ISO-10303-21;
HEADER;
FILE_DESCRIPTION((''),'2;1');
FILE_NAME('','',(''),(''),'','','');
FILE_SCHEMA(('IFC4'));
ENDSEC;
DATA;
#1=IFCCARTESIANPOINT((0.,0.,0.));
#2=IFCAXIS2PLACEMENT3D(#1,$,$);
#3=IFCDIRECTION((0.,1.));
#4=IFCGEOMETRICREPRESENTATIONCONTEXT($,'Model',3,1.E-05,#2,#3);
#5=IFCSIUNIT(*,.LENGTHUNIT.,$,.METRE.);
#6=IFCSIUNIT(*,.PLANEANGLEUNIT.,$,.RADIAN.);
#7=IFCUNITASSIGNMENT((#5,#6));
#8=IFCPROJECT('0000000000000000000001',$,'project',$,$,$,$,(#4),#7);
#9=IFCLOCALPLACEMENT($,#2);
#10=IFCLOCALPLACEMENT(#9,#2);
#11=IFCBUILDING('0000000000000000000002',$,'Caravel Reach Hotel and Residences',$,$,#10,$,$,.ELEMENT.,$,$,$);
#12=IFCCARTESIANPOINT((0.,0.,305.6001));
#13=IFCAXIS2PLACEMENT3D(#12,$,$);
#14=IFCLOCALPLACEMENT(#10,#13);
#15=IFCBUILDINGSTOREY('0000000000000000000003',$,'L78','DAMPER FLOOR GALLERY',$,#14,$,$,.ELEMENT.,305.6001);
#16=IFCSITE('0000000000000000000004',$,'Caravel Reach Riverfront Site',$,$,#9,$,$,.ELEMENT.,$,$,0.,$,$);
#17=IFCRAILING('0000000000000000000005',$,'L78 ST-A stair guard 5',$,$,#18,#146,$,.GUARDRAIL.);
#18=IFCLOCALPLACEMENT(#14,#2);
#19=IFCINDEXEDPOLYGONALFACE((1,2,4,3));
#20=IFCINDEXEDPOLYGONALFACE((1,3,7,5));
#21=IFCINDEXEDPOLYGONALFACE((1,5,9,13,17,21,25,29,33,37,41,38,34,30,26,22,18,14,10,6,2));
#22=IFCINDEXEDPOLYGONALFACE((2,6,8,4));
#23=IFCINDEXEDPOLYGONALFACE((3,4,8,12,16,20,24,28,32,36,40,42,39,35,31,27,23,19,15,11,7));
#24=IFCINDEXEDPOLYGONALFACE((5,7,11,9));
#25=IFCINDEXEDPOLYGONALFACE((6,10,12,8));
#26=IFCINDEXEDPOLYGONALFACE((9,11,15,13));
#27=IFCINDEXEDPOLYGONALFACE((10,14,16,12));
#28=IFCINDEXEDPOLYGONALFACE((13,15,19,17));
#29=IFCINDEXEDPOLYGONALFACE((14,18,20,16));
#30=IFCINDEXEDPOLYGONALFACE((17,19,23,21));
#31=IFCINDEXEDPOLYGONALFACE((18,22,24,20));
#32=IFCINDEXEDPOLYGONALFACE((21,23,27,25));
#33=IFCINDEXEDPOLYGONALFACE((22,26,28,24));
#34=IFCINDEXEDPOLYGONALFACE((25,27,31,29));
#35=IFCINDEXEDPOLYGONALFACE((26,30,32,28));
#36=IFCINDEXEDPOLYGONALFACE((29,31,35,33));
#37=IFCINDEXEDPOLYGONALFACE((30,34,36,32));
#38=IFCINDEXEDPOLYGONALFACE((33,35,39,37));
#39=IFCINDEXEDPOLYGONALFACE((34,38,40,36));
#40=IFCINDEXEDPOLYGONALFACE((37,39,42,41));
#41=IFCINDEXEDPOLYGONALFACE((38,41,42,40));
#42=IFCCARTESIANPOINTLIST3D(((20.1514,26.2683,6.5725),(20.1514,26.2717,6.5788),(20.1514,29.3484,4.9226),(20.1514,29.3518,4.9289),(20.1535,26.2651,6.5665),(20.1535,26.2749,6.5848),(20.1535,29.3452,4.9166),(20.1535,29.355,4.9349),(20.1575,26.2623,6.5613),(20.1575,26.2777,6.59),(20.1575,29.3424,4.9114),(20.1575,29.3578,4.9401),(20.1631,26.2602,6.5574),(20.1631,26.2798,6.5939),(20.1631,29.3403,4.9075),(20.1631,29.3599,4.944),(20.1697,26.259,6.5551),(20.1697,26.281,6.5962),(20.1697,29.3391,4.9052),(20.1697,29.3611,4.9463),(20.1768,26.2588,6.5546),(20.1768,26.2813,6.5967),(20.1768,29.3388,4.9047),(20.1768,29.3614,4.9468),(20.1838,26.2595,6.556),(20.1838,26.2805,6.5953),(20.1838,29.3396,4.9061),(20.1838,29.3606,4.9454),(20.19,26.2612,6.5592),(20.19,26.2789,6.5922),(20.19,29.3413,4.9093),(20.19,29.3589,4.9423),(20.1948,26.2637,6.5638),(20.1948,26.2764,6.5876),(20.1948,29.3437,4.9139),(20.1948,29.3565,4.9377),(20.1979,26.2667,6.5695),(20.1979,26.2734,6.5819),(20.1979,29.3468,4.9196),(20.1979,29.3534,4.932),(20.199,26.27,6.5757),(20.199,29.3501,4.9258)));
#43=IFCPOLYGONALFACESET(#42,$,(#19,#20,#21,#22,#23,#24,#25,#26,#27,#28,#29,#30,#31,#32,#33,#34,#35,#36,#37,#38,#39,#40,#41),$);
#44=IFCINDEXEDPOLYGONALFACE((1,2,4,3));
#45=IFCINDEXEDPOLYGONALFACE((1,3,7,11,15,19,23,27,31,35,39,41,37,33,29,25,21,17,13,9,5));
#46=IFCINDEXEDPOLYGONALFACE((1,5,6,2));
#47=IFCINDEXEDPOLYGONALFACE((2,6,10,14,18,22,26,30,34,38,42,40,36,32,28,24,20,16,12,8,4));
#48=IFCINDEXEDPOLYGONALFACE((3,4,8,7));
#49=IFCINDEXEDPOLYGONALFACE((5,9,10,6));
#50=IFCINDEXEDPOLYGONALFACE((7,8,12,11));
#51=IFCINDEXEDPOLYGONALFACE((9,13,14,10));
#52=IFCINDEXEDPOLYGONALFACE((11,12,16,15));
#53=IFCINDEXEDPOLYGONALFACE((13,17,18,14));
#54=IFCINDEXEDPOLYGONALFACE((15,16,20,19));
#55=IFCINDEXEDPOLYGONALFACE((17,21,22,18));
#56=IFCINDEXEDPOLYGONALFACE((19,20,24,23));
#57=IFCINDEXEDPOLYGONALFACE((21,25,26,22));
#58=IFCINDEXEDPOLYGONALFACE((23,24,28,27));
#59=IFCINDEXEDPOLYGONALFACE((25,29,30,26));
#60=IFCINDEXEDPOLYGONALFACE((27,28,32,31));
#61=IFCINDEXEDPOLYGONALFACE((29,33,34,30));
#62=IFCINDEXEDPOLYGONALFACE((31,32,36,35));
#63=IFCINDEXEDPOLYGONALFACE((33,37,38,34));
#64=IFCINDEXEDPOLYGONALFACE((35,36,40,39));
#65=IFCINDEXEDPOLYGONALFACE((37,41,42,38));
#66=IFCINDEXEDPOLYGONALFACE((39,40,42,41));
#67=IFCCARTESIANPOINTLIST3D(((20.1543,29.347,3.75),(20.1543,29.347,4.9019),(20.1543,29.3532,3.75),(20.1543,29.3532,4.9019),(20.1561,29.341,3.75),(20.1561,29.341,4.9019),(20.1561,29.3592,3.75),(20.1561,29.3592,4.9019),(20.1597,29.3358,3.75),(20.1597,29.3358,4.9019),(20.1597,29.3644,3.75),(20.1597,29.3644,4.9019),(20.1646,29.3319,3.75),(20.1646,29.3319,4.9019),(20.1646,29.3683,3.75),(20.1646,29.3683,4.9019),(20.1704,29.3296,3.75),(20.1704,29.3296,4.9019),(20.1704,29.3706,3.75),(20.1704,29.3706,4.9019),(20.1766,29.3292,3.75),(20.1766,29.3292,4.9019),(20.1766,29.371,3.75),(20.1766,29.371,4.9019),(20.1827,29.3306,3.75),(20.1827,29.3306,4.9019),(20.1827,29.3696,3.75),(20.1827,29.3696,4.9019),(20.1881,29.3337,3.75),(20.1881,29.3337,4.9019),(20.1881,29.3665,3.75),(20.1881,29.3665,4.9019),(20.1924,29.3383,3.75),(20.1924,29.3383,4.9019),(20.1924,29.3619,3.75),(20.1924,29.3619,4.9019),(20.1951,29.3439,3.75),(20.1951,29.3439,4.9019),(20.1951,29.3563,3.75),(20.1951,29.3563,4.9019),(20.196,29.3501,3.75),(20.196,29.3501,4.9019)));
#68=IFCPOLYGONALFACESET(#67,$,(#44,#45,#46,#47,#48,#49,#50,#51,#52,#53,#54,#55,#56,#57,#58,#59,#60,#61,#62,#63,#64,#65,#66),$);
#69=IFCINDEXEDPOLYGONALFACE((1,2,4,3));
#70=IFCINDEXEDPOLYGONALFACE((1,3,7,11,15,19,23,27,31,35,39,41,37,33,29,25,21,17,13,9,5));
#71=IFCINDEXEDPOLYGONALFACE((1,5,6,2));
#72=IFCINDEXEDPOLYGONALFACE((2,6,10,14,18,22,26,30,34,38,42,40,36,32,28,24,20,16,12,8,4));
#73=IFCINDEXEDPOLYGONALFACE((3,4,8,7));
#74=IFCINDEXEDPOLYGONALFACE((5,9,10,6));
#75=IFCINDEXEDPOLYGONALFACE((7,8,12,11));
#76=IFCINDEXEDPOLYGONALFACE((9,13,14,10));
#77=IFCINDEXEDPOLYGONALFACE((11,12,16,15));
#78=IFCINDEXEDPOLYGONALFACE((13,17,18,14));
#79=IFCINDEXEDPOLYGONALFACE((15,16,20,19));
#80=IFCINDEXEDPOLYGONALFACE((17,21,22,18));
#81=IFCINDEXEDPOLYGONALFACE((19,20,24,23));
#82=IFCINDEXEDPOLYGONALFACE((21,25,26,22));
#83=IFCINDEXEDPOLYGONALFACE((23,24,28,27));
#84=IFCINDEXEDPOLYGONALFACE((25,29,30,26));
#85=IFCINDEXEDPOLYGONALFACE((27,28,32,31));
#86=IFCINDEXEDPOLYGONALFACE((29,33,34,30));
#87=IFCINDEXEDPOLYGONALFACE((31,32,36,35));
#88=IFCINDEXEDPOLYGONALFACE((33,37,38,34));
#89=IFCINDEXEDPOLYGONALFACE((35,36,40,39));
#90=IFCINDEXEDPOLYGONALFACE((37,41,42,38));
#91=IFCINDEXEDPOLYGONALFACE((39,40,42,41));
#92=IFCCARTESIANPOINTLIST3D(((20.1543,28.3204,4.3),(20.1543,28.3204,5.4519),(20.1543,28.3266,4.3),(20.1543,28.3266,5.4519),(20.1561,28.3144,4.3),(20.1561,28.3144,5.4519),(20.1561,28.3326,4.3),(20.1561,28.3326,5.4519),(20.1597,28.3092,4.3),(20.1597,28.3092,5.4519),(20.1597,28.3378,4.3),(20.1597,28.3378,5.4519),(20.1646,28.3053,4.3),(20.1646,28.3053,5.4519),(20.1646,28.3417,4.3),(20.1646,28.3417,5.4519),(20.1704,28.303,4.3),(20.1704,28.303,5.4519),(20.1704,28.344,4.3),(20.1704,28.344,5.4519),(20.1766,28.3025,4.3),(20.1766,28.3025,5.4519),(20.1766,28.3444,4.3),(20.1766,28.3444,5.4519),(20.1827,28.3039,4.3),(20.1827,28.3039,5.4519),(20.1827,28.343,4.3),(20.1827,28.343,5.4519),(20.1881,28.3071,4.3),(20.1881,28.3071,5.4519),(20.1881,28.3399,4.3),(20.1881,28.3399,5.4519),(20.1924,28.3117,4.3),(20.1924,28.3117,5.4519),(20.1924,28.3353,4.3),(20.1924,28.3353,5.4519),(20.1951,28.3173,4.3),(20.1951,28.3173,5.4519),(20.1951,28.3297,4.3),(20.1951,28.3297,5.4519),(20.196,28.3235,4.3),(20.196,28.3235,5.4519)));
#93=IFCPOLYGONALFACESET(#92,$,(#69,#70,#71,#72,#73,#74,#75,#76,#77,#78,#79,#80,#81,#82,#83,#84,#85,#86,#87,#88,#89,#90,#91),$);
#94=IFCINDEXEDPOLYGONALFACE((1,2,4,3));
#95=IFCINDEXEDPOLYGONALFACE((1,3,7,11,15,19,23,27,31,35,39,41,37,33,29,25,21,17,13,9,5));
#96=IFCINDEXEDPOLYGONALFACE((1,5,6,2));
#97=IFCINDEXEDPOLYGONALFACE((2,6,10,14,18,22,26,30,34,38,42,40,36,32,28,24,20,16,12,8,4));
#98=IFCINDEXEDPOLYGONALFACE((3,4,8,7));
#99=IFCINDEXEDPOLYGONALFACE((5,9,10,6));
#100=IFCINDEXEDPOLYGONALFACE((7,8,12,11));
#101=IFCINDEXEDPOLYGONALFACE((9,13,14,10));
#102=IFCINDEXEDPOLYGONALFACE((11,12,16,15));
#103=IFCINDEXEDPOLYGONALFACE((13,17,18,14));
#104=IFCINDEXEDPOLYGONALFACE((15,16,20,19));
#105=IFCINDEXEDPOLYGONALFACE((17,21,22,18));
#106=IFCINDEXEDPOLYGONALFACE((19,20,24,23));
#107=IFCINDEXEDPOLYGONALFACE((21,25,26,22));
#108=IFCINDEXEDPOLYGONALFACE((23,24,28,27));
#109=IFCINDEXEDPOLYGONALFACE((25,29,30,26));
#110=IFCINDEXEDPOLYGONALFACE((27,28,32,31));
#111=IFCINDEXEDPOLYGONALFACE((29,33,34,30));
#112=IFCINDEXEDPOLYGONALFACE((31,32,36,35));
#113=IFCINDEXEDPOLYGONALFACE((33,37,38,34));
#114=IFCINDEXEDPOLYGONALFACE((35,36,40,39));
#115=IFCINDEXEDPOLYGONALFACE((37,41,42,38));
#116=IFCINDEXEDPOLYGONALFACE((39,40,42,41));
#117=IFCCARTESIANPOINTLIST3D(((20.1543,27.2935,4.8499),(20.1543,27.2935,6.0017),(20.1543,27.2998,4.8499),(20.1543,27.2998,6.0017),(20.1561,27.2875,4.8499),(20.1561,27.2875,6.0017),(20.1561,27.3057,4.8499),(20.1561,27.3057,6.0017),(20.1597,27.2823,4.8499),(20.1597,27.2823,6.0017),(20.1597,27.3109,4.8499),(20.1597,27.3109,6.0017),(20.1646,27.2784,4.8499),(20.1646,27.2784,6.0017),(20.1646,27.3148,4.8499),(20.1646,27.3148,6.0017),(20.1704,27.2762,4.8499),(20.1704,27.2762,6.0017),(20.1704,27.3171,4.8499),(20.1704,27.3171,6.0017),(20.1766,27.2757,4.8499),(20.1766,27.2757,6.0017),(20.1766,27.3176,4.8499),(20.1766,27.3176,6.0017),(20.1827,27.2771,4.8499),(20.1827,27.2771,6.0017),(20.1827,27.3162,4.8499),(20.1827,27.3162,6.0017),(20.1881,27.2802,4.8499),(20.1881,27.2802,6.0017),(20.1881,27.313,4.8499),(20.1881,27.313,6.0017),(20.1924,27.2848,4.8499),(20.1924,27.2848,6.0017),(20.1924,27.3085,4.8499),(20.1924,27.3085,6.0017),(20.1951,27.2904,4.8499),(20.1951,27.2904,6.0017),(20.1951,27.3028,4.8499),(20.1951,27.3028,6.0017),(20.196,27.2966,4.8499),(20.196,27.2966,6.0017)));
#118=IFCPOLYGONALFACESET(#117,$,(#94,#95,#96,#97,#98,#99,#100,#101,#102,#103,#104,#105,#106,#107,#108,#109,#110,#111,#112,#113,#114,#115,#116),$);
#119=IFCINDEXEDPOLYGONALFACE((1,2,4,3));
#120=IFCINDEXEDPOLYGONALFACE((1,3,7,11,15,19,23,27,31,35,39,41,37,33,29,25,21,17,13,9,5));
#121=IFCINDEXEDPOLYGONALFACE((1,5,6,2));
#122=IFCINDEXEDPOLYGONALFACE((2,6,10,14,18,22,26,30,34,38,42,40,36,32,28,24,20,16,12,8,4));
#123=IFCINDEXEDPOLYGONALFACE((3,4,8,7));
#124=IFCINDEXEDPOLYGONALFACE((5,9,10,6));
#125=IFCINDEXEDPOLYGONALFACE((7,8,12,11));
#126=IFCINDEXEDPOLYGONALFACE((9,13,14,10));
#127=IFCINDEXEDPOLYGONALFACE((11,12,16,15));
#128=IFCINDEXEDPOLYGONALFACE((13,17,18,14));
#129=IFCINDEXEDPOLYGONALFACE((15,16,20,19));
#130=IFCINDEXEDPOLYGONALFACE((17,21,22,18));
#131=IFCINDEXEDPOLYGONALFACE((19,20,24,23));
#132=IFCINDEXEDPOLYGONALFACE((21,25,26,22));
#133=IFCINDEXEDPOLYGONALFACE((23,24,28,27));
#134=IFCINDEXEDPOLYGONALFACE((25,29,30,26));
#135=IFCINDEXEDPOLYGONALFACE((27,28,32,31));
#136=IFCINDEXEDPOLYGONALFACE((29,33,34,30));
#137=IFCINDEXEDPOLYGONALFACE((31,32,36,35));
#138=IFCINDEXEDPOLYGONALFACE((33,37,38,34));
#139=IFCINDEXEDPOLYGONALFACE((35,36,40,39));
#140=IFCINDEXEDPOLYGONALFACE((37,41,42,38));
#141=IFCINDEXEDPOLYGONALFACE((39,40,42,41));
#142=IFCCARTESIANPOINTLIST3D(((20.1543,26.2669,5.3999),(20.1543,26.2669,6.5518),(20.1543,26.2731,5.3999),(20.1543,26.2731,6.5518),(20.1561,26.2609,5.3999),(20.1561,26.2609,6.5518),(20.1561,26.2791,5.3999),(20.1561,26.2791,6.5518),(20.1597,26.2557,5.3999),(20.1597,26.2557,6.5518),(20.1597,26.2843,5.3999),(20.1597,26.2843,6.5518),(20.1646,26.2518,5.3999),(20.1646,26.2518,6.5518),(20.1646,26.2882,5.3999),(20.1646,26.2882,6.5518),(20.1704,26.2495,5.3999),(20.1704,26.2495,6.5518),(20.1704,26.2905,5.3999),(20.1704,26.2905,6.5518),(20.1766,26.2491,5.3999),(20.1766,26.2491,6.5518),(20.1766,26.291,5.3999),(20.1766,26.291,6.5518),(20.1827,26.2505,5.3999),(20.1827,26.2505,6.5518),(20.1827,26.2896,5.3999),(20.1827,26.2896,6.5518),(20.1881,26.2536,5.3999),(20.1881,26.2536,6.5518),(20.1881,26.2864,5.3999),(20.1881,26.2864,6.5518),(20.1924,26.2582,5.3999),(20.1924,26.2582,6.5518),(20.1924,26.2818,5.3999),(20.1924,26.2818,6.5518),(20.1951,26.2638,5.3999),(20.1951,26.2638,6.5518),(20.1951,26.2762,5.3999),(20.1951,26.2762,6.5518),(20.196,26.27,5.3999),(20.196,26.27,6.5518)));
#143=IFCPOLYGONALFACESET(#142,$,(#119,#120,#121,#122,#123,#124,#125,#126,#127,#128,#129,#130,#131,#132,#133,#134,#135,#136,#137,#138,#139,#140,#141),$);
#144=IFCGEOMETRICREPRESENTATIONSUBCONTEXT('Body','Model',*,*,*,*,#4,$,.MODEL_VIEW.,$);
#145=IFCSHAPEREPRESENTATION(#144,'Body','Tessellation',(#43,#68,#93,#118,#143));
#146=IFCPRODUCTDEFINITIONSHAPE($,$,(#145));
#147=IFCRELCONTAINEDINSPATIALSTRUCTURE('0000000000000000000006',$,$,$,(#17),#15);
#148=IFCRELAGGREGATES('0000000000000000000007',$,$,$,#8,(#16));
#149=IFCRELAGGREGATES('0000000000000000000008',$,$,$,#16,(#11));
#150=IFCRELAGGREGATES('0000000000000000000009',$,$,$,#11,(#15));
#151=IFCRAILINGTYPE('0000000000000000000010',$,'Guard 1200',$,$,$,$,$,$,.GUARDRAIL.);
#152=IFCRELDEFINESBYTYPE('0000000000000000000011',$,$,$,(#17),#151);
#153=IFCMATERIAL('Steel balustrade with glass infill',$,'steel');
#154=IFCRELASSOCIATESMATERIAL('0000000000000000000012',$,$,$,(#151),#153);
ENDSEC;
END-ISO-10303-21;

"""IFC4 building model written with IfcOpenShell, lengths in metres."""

from ifc_helpers import new_model, si_unit, direction, frame, origin, origin_2d, place, context, subcontext, project, spatial, circle, extrude, material, type_object, element, save


model = new_model("IFC4")

# Units and contexts
model_context = context("Model", 3, precision=1e-05, world=origin(), true_north=direction((0.0, 1.0)))
body_context = subcontext(model_context, "Body", "Model", "MODEL_VIEW")
ifc_project = project(units=[si_unit("LENGTHUNIT", "METRE"), si_unit("PLANEANGLEUNIT", "RADIAN")], contexts=[model_context])

# Site, building, storey
site_placement = place(None, origin())
site = spatial("IfcSite", under=ifc_project, at=site_placement, Name="Caravel Reach Riverfront Site", CompositionType="ELEMENT", RefElevation=0.0)
building_placement = place(site_placement, origin())
building = spatial("IfcBuilding", under=site, at=building_placement, Name="Caravel Reach Hotel and Residences", CompositionType="ELEMENT")
storey_placement = place(building_placement, frame((0.0, 0.0, 305.6001)))
storey = spatial("IfcBuildingStorey", under=building, at=storey_placement, Name="L78", Description="DAMPER FLOOR GALLERY", CompositionType="ELEMENT", Elevation=305.6001)

# Railing
ifc_material_1 = material(Name="Steel balustrade with glass infill", Category="steel")
railing_type_1 = type_object("IfcRailingType", Name="Guard 1200", PredefinedType="GUARDRAIL", material=ifc_material_1)
railing_1_placement = place(storey_placement, frame((20.175, 29.3501, 3.75)))
element("IfcRailing", 1, at=railing_1_placement, inside=storey, type_object=railing_type_1, Name="L78 ST-A stair guard 5", PredefinedType="GUARDRAIL", context=body_context, shape_type="SweptSolid", body=[
    extrude(circle(Radius=0.0239, at=origin_2d()), frame((0.0, 0.0, 1.1758), z_axis=(0.0, -0.881497, 0.47219), x_axis=(1.0, 0.0, 0.0)), (0.0, 0.0, 1.0), 3.4941),
    extrude(circle(Radius=0.021, at=origin_2d()), origin(), (0.0, 0.0, 1.0), 1.1519),
    extrude(circle(Radius=0.021, at=origin_2d()), frame((0.0, -1.0266, 0.55)), (0.0, 0.0, 1.0), 1.1519),
    extrude(circle(Radius=0.021, at=origin_2d()), frame((0.0, -2.0535, 1.0999)), (0.0, 0.0, 1.0), 1.1519),
    extrude(circle(Radius=0.021, at=origin_2d()), frame((0.0, -3.0801, 1.6499)), (0.0, 0.0, 1.0), 1.1519),
])

save(model, "model.ifc")
